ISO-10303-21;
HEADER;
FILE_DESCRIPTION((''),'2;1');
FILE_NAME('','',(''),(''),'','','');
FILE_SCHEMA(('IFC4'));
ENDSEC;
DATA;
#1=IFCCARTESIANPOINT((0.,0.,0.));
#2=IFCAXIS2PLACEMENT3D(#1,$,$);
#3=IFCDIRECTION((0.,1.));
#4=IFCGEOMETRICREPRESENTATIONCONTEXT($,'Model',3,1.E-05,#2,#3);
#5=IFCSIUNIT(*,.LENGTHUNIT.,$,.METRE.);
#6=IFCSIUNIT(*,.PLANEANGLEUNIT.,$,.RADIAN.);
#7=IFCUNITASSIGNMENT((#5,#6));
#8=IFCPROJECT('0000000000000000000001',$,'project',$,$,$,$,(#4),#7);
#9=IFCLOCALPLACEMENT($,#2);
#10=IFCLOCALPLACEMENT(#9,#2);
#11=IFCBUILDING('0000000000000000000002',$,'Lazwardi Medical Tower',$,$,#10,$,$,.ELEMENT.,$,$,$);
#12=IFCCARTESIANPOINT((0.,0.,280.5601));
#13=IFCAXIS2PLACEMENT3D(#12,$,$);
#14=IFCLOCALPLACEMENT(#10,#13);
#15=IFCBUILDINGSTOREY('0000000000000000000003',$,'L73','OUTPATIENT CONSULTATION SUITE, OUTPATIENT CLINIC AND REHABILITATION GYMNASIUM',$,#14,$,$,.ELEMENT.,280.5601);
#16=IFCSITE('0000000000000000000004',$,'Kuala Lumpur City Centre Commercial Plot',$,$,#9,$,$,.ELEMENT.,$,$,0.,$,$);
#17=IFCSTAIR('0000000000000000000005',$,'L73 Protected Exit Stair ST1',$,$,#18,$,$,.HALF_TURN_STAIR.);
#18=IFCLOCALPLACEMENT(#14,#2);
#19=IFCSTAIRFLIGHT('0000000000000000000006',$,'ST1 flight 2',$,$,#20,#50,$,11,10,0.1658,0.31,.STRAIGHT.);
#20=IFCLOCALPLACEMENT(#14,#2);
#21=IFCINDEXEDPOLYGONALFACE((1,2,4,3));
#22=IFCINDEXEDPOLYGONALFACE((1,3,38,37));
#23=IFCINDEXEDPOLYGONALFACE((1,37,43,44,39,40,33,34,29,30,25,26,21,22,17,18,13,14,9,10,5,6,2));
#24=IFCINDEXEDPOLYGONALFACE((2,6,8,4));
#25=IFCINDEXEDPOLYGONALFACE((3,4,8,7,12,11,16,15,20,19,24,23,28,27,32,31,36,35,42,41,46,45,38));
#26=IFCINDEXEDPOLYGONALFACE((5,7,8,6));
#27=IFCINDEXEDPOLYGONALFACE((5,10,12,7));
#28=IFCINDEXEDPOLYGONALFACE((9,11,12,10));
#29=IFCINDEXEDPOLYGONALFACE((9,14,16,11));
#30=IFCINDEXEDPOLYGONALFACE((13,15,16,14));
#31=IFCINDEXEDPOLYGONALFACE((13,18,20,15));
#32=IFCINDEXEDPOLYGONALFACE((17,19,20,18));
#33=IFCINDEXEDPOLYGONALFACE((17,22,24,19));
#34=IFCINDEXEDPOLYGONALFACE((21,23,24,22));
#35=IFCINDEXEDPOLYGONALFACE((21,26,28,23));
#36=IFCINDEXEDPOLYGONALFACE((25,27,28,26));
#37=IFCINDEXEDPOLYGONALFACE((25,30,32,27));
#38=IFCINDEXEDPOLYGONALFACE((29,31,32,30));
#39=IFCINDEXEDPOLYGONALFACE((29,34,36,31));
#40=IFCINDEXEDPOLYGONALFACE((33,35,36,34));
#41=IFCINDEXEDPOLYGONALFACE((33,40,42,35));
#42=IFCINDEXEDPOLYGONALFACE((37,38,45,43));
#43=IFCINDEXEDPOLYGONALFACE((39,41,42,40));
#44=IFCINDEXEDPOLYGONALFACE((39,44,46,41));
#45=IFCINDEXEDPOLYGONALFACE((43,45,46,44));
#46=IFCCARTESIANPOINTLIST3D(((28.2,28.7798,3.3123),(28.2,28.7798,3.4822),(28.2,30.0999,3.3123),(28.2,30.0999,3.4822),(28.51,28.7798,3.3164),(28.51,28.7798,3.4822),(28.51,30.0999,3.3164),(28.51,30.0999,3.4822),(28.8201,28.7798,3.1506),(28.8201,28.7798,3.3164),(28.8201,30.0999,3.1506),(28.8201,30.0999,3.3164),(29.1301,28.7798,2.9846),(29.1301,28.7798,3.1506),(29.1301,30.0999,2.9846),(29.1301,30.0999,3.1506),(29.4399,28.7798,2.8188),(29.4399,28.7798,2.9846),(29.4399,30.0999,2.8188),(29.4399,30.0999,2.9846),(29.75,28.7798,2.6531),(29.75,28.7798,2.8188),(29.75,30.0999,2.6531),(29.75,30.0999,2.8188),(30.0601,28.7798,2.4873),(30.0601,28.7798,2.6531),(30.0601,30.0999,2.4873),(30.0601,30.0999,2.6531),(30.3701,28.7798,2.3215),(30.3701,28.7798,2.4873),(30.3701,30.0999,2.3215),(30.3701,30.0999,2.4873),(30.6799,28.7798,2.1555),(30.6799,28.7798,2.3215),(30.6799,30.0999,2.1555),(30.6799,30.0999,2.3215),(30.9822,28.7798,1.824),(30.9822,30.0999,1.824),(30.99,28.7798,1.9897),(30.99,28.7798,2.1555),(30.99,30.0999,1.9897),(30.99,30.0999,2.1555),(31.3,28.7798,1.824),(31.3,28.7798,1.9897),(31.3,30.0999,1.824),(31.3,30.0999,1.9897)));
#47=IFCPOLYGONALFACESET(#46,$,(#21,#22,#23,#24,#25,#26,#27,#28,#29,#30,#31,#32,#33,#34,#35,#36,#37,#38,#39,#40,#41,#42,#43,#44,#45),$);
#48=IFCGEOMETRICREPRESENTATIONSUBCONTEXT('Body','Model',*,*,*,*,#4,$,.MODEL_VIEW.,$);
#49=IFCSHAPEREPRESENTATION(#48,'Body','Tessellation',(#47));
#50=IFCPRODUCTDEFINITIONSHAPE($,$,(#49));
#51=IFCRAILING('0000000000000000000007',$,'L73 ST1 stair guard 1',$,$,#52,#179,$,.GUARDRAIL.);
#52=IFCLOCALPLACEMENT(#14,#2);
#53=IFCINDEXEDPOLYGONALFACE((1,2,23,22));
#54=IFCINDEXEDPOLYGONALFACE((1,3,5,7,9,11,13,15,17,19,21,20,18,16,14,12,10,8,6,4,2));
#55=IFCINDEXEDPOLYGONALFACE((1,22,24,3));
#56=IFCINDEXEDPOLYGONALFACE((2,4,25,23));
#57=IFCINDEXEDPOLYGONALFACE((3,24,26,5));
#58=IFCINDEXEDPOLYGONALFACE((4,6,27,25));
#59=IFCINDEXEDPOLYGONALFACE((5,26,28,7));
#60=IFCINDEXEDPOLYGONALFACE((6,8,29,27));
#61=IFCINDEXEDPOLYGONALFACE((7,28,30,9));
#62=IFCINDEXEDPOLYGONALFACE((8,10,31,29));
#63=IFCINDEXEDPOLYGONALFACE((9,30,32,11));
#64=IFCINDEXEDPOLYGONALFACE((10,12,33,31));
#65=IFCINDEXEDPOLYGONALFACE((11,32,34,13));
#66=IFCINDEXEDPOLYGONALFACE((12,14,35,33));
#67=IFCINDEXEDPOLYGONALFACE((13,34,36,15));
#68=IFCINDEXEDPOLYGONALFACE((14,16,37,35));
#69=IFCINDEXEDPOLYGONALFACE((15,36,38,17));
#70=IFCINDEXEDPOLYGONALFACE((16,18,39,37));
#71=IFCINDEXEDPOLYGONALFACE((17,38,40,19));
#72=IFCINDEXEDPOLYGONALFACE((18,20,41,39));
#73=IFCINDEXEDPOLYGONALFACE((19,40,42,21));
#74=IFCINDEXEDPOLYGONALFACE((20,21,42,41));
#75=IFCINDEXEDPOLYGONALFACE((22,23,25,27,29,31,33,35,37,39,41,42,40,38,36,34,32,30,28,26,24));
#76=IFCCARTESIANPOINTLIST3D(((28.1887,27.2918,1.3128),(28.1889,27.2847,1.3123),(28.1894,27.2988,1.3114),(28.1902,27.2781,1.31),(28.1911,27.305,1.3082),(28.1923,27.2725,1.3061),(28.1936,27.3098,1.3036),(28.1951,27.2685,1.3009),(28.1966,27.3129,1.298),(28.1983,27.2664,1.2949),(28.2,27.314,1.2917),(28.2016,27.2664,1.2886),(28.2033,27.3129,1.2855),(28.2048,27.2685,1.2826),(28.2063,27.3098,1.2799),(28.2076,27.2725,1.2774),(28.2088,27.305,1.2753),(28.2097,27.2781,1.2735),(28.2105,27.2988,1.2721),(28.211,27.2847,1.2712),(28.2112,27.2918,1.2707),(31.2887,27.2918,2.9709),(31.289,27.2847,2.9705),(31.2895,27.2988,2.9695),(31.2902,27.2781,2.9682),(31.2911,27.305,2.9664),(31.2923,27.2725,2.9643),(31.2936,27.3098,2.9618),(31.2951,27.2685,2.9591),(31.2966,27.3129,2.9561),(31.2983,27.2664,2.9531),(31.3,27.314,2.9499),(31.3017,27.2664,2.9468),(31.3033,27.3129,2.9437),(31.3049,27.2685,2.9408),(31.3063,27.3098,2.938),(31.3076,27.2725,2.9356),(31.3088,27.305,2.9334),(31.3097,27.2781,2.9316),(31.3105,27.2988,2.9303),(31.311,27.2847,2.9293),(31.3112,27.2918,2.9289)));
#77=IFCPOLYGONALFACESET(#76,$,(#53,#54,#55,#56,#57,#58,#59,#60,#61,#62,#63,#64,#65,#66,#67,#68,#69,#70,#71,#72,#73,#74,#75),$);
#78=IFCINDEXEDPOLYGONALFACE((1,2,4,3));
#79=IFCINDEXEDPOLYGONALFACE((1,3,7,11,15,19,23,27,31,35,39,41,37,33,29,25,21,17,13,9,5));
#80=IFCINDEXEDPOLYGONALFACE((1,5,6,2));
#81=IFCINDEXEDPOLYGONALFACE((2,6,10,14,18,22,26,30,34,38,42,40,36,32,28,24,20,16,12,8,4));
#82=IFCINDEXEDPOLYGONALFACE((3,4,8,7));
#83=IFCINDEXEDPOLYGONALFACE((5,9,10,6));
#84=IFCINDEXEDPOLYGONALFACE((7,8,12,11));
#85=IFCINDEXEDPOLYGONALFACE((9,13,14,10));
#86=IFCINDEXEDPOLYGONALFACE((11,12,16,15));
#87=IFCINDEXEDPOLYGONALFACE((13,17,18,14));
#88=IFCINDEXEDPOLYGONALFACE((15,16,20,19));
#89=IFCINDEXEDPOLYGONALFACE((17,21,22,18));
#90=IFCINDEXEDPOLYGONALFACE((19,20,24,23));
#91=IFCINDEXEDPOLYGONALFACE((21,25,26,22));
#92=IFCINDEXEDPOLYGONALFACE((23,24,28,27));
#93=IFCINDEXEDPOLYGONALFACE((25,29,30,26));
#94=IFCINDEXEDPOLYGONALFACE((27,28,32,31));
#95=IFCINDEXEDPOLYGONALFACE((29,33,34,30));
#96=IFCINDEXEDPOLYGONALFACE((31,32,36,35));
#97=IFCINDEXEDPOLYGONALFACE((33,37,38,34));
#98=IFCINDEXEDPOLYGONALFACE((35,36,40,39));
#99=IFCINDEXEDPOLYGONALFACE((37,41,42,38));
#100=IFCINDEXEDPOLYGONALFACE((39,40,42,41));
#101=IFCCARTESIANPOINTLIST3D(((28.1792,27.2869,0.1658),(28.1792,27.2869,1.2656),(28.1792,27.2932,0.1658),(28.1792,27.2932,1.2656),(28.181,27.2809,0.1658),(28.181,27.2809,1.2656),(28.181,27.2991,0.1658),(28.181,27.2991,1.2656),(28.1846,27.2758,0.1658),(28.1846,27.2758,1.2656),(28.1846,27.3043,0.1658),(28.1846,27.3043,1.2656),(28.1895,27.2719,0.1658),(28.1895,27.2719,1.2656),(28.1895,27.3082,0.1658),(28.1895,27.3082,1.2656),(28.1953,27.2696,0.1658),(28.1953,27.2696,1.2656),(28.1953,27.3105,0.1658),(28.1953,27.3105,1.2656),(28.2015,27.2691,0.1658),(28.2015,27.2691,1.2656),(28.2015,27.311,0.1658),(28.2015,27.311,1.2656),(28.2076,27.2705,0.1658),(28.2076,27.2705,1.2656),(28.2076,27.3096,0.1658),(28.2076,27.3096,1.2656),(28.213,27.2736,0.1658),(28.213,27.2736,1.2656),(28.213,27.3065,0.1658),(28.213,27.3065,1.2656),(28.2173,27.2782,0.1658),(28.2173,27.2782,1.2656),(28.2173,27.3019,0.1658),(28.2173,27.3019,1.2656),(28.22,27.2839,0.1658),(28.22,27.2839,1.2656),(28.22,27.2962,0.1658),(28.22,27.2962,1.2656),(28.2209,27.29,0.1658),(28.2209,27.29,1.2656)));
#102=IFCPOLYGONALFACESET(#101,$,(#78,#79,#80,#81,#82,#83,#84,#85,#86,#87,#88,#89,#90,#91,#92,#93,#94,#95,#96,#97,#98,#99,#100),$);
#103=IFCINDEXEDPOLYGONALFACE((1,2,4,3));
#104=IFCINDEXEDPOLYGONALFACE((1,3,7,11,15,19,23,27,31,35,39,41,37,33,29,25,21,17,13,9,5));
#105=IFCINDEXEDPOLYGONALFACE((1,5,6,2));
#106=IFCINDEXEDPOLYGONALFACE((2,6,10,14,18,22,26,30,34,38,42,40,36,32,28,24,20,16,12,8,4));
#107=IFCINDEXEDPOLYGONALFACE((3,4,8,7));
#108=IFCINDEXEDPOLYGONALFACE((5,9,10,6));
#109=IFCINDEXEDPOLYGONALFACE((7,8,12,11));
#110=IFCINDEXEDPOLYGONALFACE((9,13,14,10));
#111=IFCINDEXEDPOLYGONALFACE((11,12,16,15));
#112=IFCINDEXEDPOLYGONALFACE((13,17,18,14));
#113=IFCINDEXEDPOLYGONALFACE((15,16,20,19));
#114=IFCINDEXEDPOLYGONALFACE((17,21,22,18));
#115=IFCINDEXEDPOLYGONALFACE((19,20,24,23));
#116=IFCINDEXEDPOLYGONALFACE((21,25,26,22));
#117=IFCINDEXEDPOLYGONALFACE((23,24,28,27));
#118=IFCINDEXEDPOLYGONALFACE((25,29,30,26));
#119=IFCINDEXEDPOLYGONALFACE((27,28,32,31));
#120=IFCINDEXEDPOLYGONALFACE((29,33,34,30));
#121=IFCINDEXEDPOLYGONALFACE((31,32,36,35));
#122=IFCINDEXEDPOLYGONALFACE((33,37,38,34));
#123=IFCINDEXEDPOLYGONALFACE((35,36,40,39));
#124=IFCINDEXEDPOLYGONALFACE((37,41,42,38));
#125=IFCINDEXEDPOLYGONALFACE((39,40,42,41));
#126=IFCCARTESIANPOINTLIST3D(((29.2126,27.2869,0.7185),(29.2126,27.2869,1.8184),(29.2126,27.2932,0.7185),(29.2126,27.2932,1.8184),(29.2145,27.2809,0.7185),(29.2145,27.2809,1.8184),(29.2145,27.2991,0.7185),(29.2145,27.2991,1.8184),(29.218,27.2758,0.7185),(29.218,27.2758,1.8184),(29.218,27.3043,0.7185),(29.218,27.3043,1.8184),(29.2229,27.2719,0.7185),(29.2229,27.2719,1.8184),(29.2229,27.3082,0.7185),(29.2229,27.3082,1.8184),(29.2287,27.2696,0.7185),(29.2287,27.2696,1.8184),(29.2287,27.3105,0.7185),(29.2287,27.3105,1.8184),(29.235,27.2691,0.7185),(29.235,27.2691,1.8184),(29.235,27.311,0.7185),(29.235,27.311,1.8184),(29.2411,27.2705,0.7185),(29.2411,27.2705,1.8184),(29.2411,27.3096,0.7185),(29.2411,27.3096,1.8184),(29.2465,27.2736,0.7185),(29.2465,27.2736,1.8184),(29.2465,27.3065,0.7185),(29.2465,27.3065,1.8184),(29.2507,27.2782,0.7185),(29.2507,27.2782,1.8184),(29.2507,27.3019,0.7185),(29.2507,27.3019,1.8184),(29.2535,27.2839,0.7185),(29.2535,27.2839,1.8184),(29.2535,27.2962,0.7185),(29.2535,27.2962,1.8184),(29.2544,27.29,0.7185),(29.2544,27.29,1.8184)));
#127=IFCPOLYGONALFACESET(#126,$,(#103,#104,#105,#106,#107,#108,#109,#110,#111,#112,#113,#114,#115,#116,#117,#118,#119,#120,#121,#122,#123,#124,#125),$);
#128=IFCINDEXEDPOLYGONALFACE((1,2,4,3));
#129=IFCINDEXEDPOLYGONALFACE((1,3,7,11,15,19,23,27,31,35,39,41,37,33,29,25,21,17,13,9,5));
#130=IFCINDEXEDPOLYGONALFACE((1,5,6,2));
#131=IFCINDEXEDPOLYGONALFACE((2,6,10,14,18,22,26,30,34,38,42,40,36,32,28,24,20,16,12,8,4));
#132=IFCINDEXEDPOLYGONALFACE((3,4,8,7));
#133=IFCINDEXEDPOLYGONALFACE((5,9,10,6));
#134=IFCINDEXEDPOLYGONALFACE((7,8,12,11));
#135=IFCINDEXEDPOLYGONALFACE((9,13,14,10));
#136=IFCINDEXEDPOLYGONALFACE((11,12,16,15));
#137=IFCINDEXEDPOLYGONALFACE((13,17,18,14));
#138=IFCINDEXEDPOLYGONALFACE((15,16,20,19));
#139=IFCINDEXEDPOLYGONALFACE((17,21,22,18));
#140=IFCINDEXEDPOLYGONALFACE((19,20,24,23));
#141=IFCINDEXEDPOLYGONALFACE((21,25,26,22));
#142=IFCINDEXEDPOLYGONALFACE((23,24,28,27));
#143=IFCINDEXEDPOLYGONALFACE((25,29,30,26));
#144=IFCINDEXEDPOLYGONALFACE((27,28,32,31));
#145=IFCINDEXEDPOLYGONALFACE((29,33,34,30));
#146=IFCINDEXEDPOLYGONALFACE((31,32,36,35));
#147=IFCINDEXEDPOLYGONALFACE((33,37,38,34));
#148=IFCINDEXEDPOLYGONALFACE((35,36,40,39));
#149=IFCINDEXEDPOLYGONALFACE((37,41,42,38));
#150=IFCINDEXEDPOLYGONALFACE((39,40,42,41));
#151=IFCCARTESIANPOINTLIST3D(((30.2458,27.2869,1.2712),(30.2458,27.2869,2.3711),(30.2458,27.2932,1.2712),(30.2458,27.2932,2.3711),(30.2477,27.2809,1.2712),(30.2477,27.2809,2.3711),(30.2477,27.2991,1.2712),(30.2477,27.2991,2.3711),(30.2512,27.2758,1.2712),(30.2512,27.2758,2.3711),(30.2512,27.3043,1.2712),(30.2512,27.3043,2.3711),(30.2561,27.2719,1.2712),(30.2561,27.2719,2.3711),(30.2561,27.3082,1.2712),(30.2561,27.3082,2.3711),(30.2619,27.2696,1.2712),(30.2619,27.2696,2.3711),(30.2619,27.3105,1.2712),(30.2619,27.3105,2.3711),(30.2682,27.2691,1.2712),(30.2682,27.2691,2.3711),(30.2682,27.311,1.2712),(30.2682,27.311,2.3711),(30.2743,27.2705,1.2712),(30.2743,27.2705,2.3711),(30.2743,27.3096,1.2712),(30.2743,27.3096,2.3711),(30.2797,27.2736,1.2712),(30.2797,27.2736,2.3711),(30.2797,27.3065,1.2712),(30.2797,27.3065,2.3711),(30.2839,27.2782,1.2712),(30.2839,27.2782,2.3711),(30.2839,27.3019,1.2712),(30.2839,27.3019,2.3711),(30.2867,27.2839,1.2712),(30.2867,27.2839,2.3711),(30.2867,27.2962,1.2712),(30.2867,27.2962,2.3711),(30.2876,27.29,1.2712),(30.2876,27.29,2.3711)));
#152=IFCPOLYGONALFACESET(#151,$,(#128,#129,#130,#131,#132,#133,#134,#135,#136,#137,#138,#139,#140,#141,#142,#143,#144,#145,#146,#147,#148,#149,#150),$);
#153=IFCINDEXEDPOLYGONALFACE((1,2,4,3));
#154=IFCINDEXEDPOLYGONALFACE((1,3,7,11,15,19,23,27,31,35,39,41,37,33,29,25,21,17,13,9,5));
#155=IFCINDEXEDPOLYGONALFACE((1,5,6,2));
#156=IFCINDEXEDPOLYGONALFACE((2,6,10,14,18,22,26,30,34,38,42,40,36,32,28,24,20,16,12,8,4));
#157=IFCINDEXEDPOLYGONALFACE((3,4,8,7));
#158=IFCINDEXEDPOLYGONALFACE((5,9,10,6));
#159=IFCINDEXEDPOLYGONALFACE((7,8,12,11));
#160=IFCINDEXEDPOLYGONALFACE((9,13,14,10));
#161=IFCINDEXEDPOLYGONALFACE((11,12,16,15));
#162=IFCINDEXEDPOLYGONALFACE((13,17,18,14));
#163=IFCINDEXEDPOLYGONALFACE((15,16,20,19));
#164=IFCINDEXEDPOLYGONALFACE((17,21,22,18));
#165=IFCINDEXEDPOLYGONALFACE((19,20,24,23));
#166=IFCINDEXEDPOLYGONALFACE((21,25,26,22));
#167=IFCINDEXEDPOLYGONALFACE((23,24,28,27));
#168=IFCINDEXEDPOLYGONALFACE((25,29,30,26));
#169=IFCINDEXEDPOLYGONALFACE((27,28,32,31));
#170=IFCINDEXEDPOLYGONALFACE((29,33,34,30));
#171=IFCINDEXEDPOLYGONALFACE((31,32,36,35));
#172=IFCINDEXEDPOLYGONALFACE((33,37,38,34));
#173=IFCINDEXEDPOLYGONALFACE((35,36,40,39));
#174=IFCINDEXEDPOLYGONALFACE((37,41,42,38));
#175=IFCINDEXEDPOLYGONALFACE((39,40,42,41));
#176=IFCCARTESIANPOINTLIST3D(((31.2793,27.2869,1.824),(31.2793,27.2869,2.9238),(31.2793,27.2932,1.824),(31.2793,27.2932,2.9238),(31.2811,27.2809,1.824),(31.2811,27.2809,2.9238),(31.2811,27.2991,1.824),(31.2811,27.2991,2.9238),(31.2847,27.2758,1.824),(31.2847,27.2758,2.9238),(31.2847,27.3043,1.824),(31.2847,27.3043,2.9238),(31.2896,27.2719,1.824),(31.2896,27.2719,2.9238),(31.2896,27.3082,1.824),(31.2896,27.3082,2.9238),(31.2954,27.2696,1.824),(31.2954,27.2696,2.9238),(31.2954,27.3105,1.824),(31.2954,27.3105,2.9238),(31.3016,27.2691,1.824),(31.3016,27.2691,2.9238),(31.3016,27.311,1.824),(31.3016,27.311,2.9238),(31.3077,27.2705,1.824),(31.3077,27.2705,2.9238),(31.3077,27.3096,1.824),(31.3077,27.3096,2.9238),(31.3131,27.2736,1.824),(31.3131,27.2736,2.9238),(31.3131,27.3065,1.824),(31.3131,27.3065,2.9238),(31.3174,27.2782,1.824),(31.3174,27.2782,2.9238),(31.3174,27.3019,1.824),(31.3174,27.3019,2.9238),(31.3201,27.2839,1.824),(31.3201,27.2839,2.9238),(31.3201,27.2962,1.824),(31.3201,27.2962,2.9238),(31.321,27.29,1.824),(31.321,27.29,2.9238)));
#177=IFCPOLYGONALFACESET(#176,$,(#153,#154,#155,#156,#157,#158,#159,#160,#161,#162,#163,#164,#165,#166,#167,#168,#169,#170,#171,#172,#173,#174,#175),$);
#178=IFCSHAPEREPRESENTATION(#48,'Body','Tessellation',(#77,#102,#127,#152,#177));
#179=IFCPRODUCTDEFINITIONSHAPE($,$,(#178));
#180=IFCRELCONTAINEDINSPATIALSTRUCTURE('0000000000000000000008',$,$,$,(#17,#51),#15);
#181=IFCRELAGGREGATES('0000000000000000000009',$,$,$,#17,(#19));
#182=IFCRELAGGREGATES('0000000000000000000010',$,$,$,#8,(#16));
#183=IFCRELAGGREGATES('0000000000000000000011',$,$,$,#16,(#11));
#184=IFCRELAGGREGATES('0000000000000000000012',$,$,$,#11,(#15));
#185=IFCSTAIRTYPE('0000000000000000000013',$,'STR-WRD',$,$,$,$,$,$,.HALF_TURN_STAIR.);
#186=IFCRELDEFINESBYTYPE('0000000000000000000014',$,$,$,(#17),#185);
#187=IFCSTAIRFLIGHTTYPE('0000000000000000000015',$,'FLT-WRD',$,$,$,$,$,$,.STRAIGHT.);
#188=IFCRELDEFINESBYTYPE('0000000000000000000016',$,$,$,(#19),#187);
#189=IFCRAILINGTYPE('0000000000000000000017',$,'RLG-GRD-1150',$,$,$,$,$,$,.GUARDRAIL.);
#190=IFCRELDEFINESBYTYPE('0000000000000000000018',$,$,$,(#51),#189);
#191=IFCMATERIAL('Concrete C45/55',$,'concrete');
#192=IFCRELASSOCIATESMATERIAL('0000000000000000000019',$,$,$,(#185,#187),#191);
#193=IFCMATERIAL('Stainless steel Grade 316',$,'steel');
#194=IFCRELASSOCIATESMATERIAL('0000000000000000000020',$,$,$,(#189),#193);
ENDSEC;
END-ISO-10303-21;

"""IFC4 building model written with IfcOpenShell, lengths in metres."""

from ifc_helpers import new_model, si_unit, direction, frame, origin, origin_2d, place, context, subcontext, project, spatial, polyline, circle, outline, extrude, material, type_object, element, aggregate, save


model = new_model("IFC4")

# Units and contexts
model_context = context("Model", 3, precision=1e-05, world=origin(), true_north=direction((0.0, 1.0)))
body_context = subcontext(model_context, "Body", "Model", "MODEL_VIEW")
ifc_project = project(units=[si_unit("LENGTHUNIT", "METRE"), si_unit("PLANEANGLEUNIT", "RADIAN")], contexts=[model_context])

# Site, building, storey
site_placement = place(None, origin())
site = spatial("IfcSite", under=ifc_project, at=site_placement, Name="Kuala Lumpur City Centre Commercial Plot", CompositionType="ELEMENT", RefElevation=0.0)
building_placement = place(site_placement, origin())
building = spatial("IfcBuilding", under=site, at=building_placement, Name="Lazwardi Medical Tower", CompositionType="ELEMENT")
storey_placement = place(building_placement, frame((0.0, 0.0, 280.5601)))
storey = spatial("IfcBuildingStorey", under=building, at=storey_placement, Name="L73", Description="OUTPATIENT CONSULTATION SUITE, OUTPATIENT CLINIC AND REHABILITATION GYMNASIUM", CompositionType="ELEMENT", Elevation=280.5601)

# Stair, stair flight
ifc_material_1 = material(Name="Concrete C45/55", Category="concrete")
stair_type = type_object("IfcStairType", Name="STR-WRD", PredefinedType="HALF_TURN_STAIR", material=ifc_material_1)
stair_placement = place(storey_placement, origin())
stair = element("IfcStair", 1, at=stair_placement, inside=storey, type_object=stair_type, Name="L73 Protected Exit Stair ST1", PredefinedType="HALF_TURN_STAIR")
stair_flight_type = type_object("IfcStairFlightType", Name="FLT-WRD", PredefinedType="STRAIGHT", material=ifc_material_1)
stair_flight_1_placement = place(storey_placement, frame((31.3, 29.4399, 1.824), z_axis=(0.0, 0.0, 1.0), x_axis=(-1.0, 0.0, 0.0)))
stair_flight_1 = element("IfcStairFlight", 2, at=stair_flight_1_placement, type_object=stair_flight_type, Name="ST1 flight 2", NumberOfRisers=11, NumberOfTreads=10, PredefinedType="STRAIGHT", RiserHeight=0.1658, TreadLength=0.31, context=body_context, shape_type="SweptSolid", body=[
    extrude(outline(polyline([(0.0, 0.0), (0.0, 0.1658), (0.3101, 0.1658), (0.3101, 0.3315), (0.6201, 0.3315), (0.6201, 0.4976), (0.9299, 0.4976), (0.9299, 0.6633), (1.24, 0.6633), (1.24, 0.8291), (1.55, 0.8291), (1.55, 0.9949), (1.8601, 0.9949), (1.8601, 1.1606), (2.1699, 1.1606), (2.1699, 1.3267), (2.48, 1.3267), (2.48, 1.4924), (2.79, 1.4924), (2.79, 1.6582), (3.1001, 1.6582), (3.1001, 1.824), (3.1001, 1.4883), (0.3179, 0.0), (0.0, 0.0)])), frame((0.0, 0.6602, 0.0), z_axis=(0.0, -1.0, 0.0), x_axis=(1.0, 0.0, 0.0)), (0.0, 0.0, 1.0), 1.3201),
])
aggregate(stair, [stair_flight_1])

# Railing
ifc_material_2 = material(Name="Stainless steel Grade 316", Category="steel")
railing_type_1 = type_object("IfcRailingType", Name="RLG-GRD-1150", PredefinedType="GUARDRAIL", material=ifc_material_2)
railing_1_placement = place(storey_placement, frame((28.2, 27.29, 0.1658)))
element("IfcRailing", 3, at=railing_1_placement, inside=storey, type_object=railing_type_1, Name="L73 ST1 stair guard 1", PredefinedType="GUARDRAIL", context=body_context, shape_type="SweptSolid", body=[
    extrude(circle(Radius=0.0239, at=origin_2d()), frame((0.0, 0.0, 1.126), z_axis=(0.881783, 0.0, 0.471655), x_axis=(0.0, 1.0, 0.0)), (0.0, 0.0, 1.0), 3.5156),
    extrude(circle(Radius=0.021, at=origin_2d()), origin(), (0.0, 0.0, 1.0), 1.0999),
    extrude(circle(Radius=0.021, at=origin_2d()), frame((1.0334, 0.0, 0.5527)), (0.0, 0.0, 1.0), 1.0999),
    extrude(circle(Radius=0.021, at=origin_2d()), frame((2.0667, 0.0, 1.1055)), (0.0, 0.0, 1.0), 1.0999),
    extrude(circle(Radius=0.021, at=origin_2d()), frame((3.1001, 0.0, 1.6582)), (0.0, 0.0, 1.0), 1.0999),
])

save(model, "model.ifc")
